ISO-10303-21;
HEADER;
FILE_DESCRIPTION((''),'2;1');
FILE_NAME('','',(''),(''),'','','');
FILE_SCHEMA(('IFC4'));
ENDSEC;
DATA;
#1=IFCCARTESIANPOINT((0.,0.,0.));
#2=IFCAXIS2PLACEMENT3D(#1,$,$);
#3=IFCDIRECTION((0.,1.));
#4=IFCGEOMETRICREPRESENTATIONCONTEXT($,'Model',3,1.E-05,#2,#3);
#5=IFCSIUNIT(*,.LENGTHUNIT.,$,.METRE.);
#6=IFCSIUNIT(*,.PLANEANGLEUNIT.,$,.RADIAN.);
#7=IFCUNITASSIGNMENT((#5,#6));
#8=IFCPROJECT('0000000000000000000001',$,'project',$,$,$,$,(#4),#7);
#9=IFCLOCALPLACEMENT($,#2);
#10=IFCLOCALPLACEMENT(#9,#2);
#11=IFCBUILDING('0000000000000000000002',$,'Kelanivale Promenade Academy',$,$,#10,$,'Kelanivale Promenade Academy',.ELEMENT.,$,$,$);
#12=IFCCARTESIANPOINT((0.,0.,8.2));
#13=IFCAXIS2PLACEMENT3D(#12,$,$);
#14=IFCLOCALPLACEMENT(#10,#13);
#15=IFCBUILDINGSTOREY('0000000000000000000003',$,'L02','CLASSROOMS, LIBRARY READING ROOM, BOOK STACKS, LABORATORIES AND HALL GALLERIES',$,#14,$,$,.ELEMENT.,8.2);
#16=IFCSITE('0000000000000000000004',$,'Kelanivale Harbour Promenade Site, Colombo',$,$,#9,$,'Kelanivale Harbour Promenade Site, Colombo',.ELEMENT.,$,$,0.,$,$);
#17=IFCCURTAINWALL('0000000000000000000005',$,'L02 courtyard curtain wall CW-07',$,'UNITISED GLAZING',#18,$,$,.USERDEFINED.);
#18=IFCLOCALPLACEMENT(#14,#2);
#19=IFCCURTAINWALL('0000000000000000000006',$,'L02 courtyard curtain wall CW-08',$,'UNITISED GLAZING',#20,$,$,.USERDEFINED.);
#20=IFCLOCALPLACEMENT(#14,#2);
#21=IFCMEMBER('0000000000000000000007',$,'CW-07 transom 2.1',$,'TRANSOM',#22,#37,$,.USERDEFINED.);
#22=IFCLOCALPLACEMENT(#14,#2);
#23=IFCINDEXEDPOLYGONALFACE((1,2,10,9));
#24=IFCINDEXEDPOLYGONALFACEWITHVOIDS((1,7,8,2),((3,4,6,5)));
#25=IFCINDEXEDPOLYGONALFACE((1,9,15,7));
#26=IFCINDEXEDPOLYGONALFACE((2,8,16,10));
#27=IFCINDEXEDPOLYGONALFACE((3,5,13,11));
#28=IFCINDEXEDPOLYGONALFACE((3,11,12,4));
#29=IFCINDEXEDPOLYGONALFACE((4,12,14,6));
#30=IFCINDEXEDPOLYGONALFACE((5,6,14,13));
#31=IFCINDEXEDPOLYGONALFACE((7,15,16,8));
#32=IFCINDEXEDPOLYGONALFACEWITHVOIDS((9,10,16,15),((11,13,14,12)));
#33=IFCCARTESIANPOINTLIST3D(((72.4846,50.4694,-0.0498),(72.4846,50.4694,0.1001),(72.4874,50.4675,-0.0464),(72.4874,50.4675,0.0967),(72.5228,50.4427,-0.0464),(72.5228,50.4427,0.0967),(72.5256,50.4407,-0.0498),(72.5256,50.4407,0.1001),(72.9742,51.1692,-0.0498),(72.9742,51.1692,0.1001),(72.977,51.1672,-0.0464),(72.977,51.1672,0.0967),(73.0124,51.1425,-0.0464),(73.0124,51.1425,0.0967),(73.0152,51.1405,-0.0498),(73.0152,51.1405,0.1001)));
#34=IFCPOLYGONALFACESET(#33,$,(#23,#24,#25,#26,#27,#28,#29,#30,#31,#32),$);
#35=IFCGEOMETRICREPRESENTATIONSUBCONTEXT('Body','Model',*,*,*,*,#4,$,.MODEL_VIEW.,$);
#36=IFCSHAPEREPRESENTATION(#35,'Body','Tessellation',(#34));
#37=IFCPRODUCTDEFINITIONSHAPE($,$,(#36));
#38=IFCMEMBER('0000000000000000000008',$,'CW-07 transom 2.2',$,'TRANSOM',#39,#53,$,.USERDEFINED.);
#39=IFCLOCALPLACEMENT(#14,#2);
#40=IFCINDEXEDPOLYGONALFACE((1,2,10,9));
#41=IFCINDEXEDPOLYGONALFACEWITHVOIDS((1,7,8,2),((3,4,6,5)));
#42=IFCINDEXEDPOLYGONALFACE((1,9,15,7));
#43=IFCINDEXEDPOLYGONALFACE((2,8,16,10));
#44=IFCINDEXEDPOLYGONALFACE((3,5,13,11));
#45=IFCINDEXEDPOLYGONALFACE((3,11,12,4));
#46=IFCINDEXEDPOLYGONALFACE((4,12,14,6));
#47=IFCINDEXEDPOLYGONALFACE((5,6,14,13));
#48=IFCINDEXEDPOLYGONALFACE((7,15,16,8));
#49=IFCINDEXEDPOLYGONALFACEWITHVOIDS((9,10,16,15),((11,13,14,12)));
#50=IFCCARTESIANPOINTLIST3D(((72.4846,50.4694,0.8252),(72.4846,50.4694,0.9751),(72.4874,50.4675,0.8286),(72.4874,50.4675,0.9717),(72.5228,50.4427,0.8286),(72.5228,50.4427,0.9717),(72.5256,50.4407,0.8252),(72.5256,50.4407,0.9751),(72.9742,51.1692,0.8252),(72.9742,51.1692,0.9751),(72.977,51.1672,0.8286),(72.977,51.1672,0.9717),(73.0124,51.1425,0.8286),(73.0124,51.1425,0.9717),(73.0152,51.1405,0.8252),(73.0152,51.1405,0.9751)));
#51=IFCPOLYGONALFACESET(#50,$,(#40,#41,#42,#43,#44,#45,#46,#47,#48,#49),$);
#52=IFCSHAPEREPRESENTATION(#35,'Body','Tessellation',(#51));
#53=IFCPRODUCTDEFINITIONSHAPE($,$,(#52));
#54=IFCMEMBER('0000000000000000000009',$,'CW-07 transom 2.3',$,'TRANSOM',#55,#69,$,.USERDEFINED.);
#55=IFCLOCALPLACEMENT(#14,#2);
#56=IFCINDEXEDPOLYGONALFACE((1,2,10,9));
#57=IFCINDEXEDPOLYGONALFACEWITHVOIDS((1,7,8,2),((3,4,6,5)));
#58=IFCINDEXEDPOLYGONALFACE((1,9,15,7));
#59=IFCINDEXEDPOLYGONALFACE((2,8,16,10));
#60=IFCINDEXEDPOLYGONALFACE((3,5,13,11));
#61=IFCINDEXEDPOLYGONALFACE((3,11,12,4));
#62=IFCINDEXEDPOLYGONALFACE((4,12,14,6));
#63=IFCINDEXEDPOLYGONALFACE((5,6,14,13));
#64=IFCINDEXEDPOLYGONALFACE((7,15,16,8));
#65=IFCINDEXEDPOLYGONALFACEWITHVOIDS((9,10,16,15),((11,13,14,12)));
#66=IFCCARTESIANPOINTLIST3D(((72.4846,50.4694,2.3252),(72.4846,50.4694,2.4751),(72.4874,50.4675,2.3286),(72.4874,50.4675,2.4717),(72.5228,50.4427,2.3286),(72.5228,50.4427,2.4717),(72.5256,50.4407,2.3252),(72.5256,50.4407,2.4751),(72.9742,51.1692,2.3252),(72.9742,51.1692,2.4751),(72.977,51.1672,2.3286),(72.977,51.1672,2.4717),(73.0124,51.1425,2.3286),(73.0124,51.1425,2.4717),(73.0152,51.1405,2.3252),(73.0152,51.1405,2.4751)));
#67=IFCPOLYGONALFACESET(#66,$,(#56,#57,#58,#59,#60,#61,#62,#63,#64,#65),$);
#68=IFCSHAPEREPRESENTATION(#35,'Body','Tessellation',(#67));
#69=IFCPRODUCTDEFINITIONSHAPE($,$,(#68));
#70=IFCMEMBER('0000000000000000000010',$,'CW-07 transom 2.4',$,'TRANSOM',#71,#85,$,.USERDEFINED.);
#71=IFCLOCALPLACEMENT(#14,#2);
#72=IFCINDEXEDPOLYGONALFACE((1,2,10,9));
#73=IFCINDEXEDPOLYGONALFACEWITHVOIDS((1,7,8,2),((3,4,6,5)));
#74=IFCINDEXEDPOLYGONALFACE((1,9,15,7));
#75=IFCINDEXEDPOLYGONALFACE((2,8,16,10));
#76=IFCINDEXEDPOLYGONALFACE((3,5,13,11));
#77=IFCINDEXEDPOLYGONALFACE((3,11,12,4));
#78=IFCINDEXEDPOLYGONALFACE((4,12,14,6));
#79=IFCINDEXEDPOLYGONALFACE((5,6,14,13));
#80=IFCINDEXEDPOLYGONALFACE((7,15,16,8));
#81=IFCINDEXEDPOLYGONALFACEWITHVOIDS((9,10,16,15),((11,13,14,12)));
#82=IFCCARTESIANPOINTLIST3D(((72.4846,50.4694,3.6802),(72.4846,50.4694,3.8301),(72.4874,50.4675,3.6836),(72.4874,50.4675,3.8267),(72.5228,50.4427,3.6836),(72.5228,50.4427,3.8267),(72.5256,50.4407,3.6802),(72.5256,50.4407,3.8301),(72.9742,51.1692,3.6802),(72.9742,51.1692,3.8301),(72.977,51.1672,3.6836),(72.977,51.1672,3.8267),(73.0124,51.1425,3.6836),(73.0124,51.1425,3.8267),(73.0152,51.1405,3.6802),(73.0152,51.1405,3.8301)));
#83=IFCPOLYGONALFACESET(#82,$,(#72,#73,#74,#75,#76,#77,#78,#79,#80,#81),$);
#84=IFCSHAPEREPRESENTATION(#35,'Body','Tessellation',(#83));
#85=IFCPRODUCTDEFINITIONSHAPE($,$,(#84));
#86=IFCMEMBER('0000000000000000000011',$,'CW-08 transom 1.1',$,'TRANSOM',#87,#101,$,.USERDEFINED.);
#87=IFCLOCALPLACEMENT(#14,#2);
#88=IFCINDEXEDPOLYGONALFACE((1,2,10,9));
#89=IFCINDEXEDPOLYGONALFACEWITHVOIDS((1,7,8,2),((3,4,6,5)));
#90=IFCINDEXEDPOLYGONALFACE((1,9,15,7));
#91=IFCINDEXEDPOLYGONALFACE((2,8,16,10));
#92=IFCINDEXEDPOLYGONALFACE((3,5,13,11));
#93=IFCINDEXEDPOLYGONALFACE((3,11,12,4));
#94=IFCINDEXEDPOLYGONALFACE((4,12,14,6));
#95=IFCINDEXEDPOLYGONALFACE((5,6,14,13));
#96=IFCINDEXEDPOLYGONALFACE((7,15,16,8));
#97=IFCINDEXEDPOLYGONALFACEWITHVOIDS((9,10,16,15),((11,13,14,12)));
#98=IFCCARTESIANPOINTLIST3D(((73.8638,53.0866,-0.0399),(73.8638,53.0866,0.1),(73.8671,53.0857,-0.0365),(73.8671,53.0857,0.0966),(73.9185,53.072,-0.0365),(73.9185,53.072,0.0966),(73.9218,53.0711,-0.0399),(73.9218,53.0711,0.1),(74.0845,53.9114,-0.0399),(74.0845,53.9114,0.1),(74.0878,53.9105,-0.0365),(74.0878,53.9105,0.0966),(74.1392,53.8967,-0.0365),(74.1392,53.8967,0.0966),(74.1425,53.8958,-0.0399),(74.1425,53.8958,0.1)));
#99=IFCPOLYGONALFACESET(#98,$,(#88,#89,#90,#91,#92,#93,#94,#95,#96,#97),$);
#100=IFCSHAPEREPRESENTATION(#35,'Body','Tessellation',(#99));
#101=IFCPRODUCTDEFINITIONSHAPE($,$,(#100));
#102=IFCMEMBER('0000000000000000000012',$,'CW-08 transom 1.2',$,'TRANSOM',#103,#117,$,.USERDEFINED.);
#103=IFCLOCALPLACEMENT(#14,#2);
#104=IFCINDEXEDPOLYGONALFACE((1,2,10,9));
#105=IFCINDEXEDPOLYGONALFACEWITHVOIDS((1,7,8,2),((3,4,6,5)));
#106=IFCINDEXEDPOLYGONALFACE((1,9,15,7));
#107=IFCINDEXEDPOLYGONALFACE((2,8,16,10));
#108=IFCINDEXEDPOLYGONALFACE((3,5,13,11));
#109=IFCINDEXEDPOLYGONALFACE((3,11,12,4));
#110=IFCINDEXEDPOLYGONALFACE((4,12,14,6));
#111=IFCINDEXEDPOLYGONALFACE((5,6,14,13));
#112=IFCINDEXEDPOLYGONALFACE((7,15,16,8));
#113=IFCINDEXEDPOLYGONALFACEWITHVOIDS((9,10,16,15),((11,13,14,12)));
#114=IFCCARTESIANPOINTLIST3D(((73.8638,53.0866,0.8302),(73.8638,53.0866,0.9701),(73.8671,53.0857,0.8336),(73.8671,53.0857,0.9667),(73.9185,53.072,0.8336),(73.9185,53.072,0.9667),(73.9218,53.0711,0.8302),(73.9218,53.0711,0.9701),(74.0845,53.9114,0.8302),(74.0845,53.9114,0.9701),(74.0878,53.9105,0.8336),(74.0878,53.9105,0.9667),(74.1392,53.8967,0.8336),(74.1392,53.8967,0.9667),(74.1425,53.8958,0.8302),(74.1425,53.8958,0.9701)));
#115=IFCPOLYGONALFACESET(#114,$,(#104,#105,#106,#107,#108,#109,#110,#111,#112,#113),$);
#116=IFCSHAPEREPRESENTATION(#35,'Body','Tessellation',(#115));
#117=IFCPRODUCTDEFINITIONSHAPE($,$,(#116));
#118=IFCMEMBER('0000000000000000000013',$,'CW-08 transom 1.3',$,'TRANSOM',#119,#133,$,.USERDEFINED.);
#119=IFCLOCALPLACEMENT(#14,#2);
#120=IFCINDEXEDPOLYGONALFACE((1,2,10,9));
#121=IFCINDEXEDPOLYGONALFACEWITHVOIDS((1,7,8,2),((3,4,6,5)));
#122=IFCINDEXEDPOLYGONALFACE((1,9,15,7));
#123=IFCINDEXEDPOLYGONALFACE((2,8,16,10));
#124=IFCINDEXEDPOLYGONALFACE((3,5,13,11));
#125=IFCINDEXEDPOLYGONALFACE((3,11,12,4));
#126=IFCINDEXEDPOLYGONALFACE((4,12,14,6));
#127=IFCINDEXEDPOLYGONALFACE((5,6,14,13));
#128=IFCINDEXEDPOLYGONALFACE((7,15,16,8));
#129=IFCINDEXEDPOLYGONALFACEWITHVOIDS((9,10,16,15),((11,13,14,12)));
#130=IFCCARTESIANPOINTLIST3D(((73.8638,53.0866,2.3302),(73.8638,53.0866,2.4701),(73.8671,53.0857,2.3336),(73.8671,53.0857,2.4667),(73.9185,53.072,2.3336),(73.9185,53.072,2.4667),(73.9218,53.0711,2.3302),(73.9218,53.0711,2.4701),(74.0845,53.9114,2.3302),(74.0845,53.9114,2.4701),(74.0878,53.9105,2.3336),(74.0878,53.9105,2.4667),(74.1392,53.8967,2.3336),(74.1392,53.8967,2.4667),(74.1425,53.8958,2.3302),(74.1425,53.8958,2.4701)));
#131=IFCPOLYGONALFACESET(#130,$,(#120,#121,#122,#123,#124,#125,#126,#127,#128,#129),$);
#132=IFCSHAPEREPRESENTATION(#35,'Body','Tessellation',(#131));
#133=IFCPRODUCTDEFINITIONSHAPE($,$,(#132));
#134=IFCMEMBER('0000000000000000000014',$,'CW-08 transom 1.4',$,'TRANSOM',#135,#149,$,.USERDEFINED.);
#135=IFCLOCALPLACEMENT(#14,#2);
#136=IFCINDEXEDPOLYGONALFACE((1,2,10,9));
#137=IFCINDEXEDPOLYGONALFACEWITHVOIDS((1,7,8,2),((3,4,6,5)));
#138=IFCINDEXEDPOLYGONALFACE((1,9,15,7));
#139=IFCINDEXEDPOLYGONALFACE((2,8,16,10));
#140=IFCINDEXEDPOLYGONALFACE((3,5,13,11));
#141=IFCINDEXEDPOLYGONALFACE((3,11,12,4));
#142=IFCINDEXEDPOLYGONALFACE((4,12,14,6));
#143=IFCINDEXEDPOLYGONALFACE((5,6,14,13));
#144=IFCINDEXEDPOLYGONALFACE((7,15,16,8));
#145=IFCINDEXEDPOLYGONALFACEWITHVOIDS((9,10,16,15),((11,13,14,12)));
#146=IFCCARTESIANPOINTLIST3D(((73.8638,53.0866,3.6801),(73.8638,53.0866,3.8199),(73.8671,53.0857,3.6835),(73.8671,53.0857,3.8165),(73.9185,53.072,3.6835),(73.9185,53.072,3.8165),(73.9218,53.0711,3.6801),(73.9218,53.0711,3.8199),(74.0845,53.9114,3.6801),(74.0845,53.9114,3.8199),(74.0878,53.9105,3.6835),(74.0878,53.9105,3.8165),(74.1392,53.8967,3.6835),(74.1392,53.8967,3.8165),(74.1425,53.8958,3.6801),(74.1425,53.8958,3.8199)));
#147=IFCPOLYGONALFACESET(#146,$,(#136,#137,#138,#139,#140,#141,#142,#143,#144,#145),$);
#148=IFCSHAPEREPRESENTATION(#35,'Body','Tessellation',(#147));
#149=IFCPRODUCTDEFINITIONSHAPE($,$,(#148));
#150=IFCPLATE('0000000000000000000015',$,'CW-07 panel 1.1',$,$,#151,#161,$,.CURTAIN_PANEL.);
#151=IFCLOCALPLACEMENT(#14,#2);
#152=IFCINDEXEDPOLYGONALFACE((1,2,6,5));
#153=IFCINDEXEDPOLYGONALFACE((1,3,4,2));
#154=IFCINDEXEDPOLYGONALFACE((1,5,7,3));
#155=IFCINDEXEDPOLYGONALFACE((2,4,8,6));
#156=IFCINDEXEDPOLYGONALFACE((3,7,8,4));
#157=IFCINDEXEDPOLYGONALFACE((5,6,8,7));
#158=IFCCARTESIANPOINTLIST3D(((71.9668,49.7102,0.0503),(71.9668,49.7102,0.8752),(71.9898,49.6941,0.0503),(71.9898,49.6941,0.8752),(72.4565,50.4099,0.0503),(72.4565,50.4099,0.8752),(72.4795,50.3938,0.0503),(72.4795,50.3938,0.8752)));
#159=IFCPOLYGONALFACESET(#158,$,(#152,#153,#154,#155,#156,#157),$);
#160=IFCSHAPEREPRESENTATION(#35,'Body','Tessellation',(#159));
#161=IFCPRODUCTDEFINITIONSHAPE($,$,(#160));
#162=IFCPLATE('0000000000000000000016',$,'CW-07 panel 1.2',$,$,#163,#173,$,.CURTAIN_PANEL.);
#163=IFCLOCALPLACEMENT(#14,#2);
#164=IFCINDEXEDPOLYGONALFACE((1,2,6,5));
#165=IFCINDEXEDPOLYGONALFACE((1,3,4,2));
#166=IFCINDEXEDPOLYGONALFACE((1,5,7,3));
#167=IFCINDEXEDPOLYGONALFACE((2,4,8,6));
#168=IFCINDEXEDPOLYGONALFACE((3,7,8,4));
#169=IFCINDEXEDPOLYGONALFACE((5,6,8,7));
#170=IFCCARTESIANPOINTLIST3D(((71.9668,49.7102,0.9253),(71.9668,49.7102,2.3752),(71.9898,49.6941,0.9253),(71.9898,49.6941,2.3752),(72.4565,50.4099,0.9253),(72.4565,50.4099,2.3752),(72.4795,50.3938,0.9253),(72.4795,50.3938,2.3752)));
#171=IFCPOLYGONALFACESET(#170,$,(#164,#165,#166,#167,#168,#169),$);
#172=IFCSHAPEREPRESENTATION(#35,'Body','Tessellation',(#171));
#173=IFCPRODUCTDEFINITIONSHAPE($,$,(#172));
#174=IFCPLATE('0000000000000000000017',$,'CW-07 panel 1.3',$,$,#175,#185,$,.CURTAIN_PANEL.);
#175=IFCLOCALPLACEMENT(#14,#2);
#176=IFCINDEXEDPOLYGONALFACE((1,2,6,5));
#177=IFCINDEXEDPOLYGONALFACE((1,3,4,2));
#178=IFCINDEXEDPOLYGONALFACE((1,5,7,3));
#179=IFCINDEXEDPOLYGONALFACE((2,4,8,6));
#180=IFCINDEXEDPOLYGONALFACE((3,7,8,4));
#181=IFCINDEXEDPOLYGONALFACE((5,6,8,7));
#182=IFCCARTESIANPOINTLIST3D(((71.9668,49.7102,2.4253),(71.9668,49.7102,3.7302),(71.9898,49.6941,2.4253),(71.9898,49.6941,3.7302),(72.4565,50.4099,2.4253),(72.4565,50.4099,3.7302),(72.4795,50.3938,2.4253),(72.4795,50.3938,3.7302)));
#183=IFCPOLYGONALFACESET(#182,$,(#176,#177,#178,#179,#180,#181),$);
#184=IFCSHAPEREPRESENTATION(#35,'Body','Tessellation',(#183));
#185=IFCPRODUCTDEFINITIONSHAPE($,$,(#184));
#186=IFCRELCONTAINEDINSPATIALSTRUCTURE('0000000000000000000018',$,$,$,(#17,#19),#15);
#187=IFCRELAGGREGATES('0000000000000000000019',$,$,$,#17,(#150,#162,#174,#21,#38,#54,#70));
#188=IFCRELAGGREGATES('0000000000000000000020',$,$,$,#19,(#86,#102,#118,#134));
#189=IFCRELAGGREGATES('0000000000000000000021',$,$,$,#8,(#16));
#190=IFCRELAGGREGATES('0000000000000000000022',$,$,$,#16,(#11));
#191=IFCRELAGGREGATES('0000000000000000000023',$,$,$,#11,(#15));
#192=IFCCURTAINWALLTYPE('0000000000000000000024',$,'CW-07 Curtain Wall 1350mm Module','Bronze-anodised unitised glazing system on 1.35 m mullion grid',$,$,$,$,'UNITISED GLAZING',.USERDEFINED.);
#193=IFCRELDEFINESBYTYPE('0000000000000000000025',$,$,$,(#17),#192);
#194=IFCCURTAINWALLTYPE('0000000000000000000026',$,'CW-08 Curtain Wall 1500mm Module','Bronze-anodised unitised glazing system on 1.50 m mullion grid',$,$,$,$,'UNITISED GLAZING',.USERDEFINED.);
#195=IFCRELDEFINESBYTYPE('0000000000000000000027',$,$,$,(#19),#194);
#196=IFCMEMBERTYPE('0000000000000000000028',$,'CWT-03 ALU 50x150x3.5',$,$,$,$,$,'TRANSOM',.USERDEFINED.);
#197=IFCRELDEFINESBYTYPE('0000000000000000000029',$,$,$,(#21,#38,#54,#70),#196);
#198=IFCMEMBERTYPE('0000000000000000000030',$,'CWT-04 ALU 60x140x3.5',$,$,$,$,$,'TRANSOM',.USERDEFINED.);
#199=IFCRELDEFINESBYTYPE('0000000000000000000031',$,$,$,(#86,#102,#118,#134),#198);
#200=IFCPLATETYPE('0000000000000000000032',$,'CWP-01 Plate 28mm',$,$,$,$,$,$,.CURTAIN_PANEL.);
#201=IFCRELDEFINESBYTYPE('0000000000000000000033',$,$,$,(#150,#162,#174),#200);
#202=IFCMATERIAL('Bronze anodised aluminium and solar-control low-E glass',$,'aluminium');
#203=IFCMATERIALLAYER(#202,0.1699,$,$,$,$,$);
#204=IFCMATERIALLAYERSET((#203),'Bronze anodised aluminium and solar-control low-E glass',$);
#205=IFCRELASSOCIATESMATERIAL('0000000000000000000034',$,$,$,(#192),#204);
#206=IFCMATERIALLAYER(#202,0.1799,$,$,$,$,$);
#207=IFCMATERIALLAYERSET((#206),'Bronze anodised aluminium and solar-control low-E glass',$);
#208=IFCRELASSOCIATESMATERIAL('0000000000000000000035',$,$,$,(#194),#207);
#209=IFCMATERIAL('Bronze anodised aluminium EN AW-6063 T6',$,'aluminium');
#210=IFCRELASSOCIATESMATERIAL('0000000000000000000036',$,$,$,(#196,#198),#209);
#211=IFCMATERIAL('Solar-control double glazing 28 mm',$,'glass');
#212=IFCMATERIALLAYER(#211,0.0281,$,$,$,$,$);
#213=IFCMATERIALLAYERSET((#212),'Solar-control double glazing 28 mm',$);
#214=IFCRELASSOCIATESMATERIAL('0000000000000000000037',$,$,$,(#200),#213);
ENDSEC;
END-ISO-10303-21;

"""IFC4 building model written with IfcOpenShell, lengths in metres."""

from ifc_helpers import new_model, si_unit, direction, frame, origin, origin_2d, place, context, subcontext, project, spatial, rectangle, hollow_rectangle, extrude, material, layer, layer_set, material_profile, profile_set, type_object, element, aggregate, save


model = new_model("IFC4")

# Units and contexts
model_context = context("Model", 3, precision=1e-05, world=origin(), true_north=direction((0.0, 1.0)))
body_context = subcontext(model_context, "Body", "Model", "MODEL_VIEW")
ifc_project = project(units=[si_unit("LENGTHUNIT", "METRE"), si_unit("PLANEANGLEUNIT", "RADIAN")], contexts=[model_context])

# Site, building, storey
site_placement = place(None, origin())
site = spatial("IfcSite", under=ifc_project, at=site_placement, Name="Kelanivale Harbour Promenade Site, Colombo", LongName="Kelanivale Harbour Promenade Site, Colombo", CompositionType="ELEMENT", RefElevation=0.0)
building_placement = place(site_placement, origin())
building = spatial("IfcBuilding", under=site, at=building_placement, Name="Kelanivale Promenade Academy", LongName="Kelanivale Promenade Academy", CompositionType="ELEMENT")
storey_placement = place(building_placement, frame((0.0, 0.0, 8.2)))
storey = spatial("IfcBuildingStorey", under=building, at=storey_placement, Name="L02", Description="CLASSROOMS, LIBRARY READING ROOM, BOOK STACKS, LABORATORIES AND HALL GALLERIES", CompositionType="ELEMENT", Elevation=8.2)

# Shared definitions
ifc_material_1 = material(Name="Bronze anodised aluminium and solar-control low-E glass", Category="aluminium")
ifc_material_2 = material(Name="Bronze anodised aluminium EN AW-6063 T6", Category="aluminium")

# Curtain walls
ifc_layer_1 = layer(ifc_material_1, 0.1699)
ifc_layer_set_1 = layer_set([ifc_layer_1], Name="Bronze anodised aluminium and solar-control low-E glass")
curtain_wall_type_1 = type_object("IfcCurtainWallType", Name="CW-07 Curtain Wall 1350mm Module", Description="Bronze-anodised unitised glazing system on 1.35 m mullion grid", ElementType="UNITISED GLAZING", PredefinedType="USERDEFINED", material=ifc_layer_set_1)
curtain_wall_1_placement = place(storey_placement, origin())
curtain_wall_1 = element("IfcCurtainWall", 1, at=curtain_wall_1_placement, inside=storey, type_object=curtain_wall_type_1, Name="L02 courtyard curtain wall CW-07", ObjectType="UNITISED GLAZING", PredefinedType="USERDEFINED")
ifc_layer_2 = layer(ifc_material_1, 0.1799)
ifc_layer_set_2 = layer_set([ifc_layer_2], Name="Bronze anodised aluminium and solar-control low-E glass")
curtain_wall_type_2 = type_object("IfcCurtainWallType", Name="CW-08 Curtain Wall 1500mm Module", Description="Bronze-anodised unitised glazing system on 1.50 m mullion grid", ElementType="UNITISED GLAZING", PredefinedType="USERDEFINED", material=ifc_layer_set_2)
curtain_wall_2_placement = place(storey_placement, origin())
curtain_wall_2 = element("IfcCurtainWall", 2, at=curtain_wall_2_placement, inside=storey, type_object=curtain_wall_type_2, Name="L02 courtyard curtain wall CW-08", ObjectType="UNITISED GLAZING", PredefinedType="USERDEFINED")

# Members
ifc_material_profile_1 = material_profile(ifc_material_2, hollow_rectangle(XDim=0.05, YDim=0.1499, WallThickness=0.0034, at=origin_2d()), Name="ALU 50x150x3.5")
ifc_profile_set_1 = profile_set([ifc_material_profile_1], Name="Bronze anodised aluminium EN AW-6063 T6")
member_type_1 = type_object("IfcMemberType", Name="CWT-03 ALU 50x150x3.5", ElementType="TRANSOM", PredefinedType="USERDEFINED", material=ifc_profile_set_1)
member_1_placement = place(storey_placement, frame((72.5051, 50.4551, 0.0251), z_axis=(0.573232, 0.819393, 0.0), x_axis=(-0.819393, 0.573232, 0.0)))
member_1 = element("IfcMember", 3, at=member_1_placement, type_object=member_type_1, Name="CW-07 transom 2.1", ObjectType="TRANSOM", PredefinedType="USERDEFINED", context=body_context, shape_type="SweptSolid", body=[
    extrude(hollow_rectangle(XDim=0.05, YDim=0.1499, WallThickness=0.0034, at=origin_2d()), origin(), (0.0, 0.0, 1.0), 0.854),
])
member_2_placement = place(storey_placement, frame((72.5051, 50.4551, 0.9001), z_axis=(0.573232, 0.819393, 0.0), x_axis=(-0.819393, 0.573232, 0.0)))
member_2 = element("IfcMember", 4, at=member_2_placement, type_object=member_type_1, Name="CW-07 transom 2.2", ObjectType="TRANSOM", PredefinedType="USERDEFINED", context=body_context, shape_type="SweptSolid", body=[
    extrude(hollow_rectangle(XDim=0.05, YDim=0.1499, WallThickness=0.0034, at=origin_2d()), origin(), (0.0, 0.0, 1.0), 0.854),
])
member_3_placement = place(storey_placement, frame((72.5051, 50.4551, 2.4001), z_axis=(0.573232, 0.819393, 0.0), x_axis=(-0.819393, 0.573232, 0.0)))
member_3 = element("IfcMember", 5, at=member_3_placement, type_object=member_type_1, Name="CW-07 transom 2.3", ObjectType="TRANSOM", PredefinedType="USERDEFINED", context=body_context, shape_type="SweptSolid", body=[
    extrude(hollow_rectangle(XDim=0.05, YDim=0.1499, WallThickness=0.0034, at=origin_2d()), origin(), (0.0, 0.0, 1.0), 0.854),
])
member_4_placement = place(storey_placement, frame((72.5051, 50.4551, 3.7551), z_axis=(0.573232, 0.819393, 0.0), x_axis=(-0.819393, 0.573232, 0.0)))
member_4 = element("IfcMember", 6, at=member_4_placement, type_object=member_type_1, Name="CW-07 transom 2.4", ObjectType="TRANSOM", PredefinedType="USERDEFINED", context=body_context, shape_type="SweptSolid", body=[
    extrude(hollow_rectangle(XDim=0.05, YDim=0.1499, WallThickness=0.0034, at=origin_2d()), origin(), (0.0, 0.0, 1.0), 0.854),
])
ifc_material_profile_2 = material_profile(ifc_material_2, hollow_rectangle(XDim=0.0601, YDim=0.1399, WallThickness=0.0034, at=origin_2d()), Name="ALU 60x140x3.5")
ifc_profile_set_2 = profile_set([ifc_material_profile_2], Name="Bronze anodised aluminium EN AW-6063 T6")
member_type_2 = type_object("IfcMemberType", Name="CWT-04 ALU 60x140x3.5", ElementType="TRANSOM", PredefinedType="USERDEFINED", material=ifc_profile_set_2)
member_5_placement = place(storey_placement, frame((73.8928, 53.0789, 0.03), z_axis=(0.258517, 0.966007, 0.0), x_axis=(-0.966007, 0.258517, 0.0)))
member_5 = element("IfcMember", 7, at=member_5_placement, type_object=member_type_2, Name="CW-08 transom 1.1", ObjectType="TRANSOM", PredefinedType="USERDEFINED", context=body_context, shape_type="SweptSolid", body=[
    extrude(hollow_rectangle(XDim=0.0601, YDim=0.1399, WallThickness=0.0034, at=origin_2d()), origin(), (0.0, 0.0, 1.0), 0.8538),
])
member_6_placement = place(storey_placement, frame((73.8928, 53.0789, 0.9001), z_axis=(0.258517, 0.966007, 0.0), x_axis=(-0.966007, 0.258517, 0.0)))
member_6 = element("IfcMember", 8, at=member_6_placement, type_object=member_type_2, Name="CW-08 transom 1.2", ObjectType="TRANSOM", PredefinedType="USERDEFINED", context=body_context, shape_type="SweptSolid", body=[
    extrude(hollow_rectangle(XDim=0.0601, YDim=0.1399, WallThickness=0.0034, at=origin_2d()), origin(), (0.0, 0.0, 1.0), 0.8538),
])
member_7_placement = place(storey_placement, frame((73.8928, 53.0789, 2.4001), z_axis=(0.258517, 0.966007, 0.0), x_axis=(-0.966007, 0.258517, 0.0)))
member_7 = element("IfcMember", 9, at=member_7_placement, type_object=member_type_2, Name="CW-08 transom 1.3", ObjectType="TRANSOM", PredefinedType="USERDEFINED", context=body_context, shape_type="SweptSolid", body=[
    extrude(hollow_rectangle(XDim=0.0601, YDim=0.1399, WallThickness=0.0034, at=origin_2d()), origin(), (0.0, 0.0, 1.0), 0.8538),
])
member_8_placement = place(storey_placement, frame((73.8928, 53.0789, 3.75), z_axis=(0.258517, 0.966007, 0.0), x_axis=(-0.966007, 0.258517, 0.0)))
member_8 = element("IfcMember", 10, at=member_8_placement, type_object=member_type_2, Name="CW-08 transom 1.4", ObjectType="TRANSOM", PredefinedType="USERDEFINED", context=body_context, shape_type="SweptSolid", body=[
    extrude(hollow_rectangle(XDim=0.0601, YDim=0.1399, WallThickness=0.0034, at=origin_2d()), origin(), (0.0, 0.0, 1.0), 0.8538),
])

# Plates
ifc_material_3 = material(Name="Solar-control double glazing 28 mm", Category="glass")
ifc_layer_3 = layer(ifc_material_3, 0.0281)
ifc_layer_set_3 = layer_set([ifc_layer_3], Name="Solar-control double glazing 28 mm")
plate_type_1 = type_object("IfcPlateType", Name="CWP-01 Plate 28mm", PredefinedType="CURTAIN_PANEL", material=ifc_layer_set_3)
plate_1_placement = place(storey_placement, frame((72.2231, 50.052, 0.0503), z_axis=(0.0, 0.0, 1.0), x_axis=(0.573357, 0.819306, 0.0)))
plate_1 = element("IfcPlate", 11, at=plate_1_placement, type_object=plate_type_1, Name="CW-07 panel 1.1", PredefinedType="CURTAIN_PANEL", context=body_context, shape_type="SweptSolid", body=[
    extrude(rectangle(XDim=0.854, YDim=0.0281, at=origin_2d()), origin(), (0.0, 0.0, 1.0), 0.825),
])
plate_2_placement = place(storey_placement, frame((72.2231, 50.052, 0.9253), z_axis=(0.0, 0.0, 1.0), x_axis=(0.573357, 0.819306, 0.0)))
plate_2 = element("IfcPlate", 12, at=plate_2_placement, type_object=plate_type_1, Name="CW-07 panel 1.2", PredefinedType="CURTAIN_PANEL", context=body_context, shape_type="SweptSolid", body=[
    extrude(rectangle(XDim=0.854, YDim=0.0281, at=origin_2d()), origin(), (0.0, 0.0, 1.0), 1.45),
])
plate_3_placement = place(storey_placement, frame((72.2231, 50.052, 2.4253), z_axis=(0.0, 0.0, 1.0), x_axis=(0.573357, 0.819306, 0.0)))
plate_3 = element("IfcPlate", 13, at=plate_3_placement, type_object=plate_type_1, Name="CW-07 panel 1.3", PredefinedType="CURTAIN_PANEL", context=body_context, shape_type="SweptSolid", body=[
    extrude(rectangle(XDim=0.854, YDim=0.0281, at=origin_2d()), origin(), (0.0, 0.0, 1.0), 1.3049),
])
aggregate(curtain_wall_1, [plate_1, plate_2, plate_3, member_1, member_2, member_3, member_4])
aggregate(curtain_wall_2, [member_5, member_6, member_7, member_8])

save(model, "model.ifc")
